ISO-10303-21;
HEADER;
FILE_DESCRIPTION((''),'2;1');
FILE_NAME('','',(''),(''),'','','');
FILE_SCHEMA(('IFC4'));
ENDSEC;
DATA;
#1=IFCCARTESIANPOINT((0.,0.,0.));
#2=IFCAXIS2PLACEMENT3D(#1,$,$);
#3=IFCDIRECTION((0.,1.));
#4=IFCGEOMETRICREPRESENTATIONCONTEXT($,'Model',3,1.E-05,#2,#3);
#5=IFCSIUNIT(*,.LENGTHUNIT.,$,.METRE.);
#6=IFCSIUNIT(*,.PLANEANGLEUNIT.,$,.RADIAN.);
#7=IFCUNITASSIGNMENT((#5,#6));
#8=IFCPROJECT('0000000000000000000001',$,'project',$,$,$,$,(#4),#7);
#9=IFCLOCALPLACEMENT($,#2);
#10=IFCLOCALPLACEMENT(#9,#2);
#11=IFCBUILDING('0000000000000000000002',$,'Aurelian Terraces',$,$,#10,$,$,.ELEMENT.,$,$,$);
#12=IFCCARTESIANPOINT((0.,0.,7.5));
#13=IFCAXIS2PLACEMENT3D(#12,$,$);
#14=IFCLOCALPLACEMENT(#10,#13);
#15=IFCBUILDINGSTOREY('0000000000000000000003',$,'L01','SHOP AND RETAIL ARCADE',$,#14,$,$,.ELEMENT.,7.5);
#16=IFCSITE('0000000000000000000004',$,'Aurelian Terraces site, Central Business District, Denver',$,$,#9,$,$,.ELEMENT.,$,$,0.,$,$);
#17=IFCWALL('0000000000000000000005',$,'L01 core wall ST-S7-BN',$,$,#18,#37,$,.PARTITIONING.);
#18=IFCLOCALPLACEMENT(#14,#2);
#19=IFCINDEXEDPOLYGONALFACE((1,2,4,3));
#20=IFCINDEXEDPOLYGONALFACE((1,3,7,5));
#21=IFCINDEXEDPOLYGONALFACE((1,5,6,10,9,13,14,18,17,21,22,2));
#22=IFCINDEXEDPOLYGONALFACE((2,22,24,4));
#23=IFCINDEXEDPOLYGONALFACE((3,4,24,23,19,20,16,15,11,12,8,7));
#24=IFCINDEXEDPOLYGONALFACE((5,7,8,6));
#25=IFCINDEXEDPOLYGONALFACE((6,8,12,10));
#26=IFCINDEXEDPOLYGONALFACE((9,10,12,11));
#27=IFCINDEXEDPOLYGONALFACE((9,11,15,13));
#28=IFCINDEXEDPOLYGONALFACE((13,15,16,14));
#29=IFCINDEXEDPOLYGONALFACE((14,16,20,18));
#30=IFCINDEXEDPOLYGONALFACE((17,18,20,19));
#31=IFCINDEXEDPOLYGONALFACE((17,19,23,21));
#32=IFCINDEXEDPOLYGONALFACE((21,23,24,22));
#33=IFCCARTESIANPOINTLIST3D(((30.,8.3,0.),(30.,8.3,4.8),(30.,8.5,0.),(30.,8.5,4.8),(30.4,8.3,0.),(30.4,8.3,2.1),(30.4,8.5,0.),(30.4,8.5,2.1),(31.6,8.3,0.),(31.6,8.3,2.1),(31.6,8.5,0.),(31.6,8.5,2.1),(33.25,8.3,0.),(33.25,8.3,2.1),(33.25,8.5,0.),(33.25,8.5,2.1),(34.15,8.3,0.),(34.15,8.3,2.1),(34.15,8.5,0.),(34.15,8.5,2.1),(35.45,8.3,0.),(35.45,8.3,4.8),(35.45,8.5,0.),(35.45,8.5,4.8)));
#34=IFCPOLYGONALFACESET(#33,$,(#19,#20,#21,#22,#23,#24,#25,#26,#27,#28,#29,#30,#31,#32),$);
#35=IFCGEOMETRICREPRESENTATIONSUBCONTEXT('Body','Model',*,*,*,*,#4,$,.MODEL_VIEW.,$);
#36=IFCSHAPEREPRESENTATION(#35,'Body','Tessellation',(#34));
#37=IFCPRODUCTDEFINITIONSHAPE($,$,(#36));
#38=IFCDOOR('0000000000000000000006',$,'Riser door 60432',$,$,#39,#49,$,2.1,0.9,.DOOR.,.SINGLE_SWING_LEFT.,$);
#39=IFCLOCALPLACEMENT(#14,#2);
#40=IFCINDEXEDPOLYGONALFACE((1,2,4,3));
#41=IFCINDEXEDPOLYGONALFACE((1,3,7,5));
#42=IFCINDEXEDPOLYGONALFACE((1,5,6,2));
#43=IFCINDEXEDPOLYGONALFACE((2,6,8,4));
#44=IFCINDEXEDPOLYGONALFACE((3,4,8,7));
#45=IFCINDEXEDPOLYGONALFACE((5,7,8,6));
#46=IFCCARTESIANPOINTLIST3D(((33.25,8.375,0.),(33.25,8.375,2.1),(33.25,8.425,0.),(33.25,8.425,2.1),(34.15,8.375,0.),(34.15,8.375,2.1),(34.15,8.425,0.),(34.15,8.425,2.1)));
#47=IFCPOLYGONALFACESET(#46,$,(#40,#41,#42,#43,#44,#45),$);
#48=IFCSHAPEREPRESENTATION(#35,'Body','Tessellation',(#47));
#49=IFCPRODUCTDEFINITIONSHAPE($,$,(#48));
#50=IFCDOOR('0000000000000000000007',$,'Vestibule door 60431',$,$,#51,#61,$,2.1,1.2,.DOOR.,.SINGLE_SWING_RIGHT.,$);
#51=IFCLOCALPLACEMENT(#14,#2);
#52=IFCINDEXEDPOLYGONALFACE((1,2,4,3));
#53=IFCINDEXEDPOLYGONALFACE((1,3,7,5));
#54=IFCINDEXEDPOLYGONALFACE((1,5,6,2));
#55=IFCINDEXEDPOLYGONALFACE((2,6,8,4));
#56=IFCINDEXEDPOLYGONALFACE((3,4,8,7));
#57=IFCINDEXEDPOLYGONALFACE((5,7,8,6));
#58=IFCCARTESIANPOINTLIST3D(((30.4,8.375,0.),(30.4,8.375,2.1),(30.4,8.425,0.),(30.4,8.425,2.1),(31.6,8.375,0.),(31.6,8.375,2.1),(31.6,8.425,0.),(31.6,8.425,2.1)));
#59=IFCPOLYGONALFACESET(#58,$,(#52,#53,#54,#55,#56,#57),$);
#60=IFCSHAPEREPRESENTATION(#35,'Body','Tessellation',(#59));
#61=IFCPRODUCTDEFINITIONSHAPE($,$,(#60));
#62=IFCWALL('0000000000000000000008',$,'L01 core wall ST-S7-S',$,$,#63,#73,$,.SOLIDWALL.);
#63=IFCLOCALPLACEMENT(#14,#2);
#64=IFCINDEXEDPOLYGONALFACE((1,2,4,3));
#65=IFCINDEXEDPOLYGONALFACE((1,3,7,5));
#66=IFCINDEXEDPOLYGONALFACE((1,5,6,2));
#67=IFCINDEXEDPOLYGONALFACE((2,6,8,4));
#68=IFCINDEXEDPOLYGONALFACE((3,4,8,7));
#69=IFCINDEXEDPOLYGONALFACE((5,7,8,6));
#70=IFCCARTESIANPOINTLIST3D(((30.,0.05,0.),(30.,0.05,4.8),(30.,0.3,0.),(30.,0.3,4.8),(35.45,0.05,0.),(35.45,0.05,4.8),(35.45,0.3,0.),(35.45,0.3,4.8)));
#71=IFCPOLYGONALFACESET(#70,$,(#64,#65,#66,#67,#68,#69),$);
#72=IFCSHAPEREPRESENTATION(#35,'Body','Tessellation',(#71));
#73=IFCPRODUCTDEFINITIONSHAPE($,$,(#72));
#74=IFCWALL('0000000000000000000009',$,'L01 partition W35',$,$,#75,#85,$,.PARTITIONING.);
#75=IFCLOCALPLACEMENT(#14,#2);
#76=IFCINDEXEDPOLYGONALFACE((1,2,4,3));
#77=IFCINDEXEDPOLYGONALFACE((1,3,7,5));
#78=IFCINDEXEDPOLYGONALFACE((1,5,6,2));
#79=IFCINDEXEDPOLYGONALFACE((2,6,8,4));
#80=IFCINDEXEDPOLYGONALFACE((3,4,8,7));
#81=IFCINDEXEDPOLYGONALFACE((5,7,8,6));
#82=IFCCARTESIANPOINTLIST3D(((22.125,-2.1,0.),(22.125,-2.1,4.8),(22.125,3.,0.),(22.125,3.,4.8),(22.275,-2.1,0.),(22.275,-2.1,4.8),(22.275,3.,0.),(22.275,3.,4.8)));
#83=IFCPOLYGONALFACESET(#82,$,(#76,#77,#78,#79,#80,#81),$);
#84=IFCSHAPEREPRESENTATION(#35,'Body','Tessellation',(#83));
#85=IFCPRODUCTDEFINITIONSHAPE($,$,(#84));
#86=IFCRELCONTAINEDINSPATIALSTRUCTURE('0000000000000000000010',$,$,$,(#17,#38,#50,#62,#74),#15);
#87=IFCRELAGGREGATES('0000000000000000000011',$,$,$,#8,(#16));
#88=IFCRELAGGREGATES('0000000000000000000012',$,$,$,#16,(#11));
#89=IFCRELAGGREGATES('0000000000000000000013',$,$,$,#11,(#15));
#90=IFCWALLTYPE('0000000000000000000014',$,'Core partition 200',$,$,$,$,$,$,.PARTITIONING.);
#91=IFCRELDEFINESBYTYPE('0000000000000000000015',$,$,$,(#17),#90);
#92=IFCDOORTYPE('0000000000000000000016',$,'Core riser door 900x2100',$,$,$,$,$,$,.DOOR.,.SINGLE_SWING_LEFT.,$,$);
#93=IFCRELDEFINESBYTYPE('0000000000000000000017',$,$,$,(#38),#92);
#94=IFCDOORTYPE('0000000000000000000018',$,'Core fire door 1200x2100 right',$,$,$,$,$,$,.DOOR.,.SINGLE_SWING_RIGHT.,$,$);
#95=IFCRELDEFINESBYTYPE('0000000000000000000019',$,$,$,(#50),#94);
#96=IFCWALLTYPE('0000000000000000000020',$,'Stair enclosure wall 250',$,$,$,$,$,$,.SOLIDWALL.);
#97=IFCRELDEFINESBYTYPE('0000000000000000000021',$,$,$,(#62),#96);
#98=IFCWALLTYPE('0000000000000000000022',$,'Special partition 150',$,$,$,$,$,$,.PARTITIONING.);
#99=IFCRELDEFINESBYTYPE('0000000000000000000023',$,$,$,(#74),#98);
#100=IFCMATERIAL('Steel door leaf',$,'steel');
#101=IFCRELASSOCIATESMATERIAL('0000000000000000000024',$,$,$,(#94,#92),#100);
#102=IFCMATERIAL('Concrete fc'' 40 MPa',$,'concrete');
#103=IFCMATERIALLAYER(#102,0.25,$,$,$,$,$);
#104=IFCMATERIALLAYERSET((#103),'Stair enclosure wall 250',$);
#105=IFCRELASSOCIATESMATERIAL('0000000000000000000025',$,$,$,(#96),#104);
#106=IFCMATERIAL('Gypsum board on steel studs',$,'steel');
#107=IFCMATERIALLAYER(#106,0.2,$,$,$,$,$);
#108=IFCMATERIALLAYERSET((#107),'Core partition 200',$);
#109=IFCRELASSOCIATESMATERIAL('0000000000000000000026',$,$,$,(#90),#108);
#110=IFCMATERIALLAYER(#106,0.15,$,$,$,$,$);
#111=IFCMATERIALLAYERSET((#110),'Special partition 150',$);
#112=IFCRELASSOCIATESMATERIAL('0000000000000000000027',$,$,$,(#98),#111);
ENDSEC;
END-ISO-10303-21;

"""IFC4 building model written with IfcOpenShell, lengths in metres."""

from ifc_helpers import new_model, si_unit, direction, frame, frame_2d, origin, place, context, subcontext, project, spatial, rectangle, extrude, source, transform, mapped, material, layer, layer_set, type_object, element, fill, save


model = new_model("IFC4")

# Units and contexts
model_context = context("Model", 3, precision=1e-05, world=origin(), true_north=direction((0.0, 1.0)))
body_context = subcontext(model_context, "Body", "Model", "MODEL_VIEW")
ifc_project = project(units=[si_unit("LENGTHUNIT", "METRE"), si_unit("PLANEANGLEUNIT", "RADIAN")], contexts=[model_context])

# Site, building, storey
site_placement = place(None, origin())
site = spatial("IfcSite", under=ifc_project, at=site_placement, Name="Aurelian Terraces site, Central Business District, Denver", CompositionType="ELEMENT", RefElevation=0.0)
building_placement = place(site_placement, origin())
building = spatial("IfcBuilding", under=site, at=building_placement, Name="Aurelian Terraces", CompositionType="ELEMENT")
storey_placement = place(building_placement, frame((0.0, 0.0, 7.5)))
storey = spatial("IfcBuildingStorey", under=building, at=storey_placement, Name="L01", Description="SHOP AND RETAIL ARCADE", CompositionType="ELEMENT", Elevation=7.5)

# Shared definitions
ifc_material_1 = material(Name="Steel door leaf", Category="steel")
door_type_1 = type_object("IfcDoorType", Name="Core fire door 1200x2100 right", OperationType="SINGLE_SWING_RIGHT", PredefinedType="DOOR", material=ifc_material_1)
shared_shape_1 = source(origin(), body_context, "Body", "SweptSolid", [
    extrude(rectangle(XDim=1.2, YDim=2.1, at=frame_2d((0.6, 1.05))), frame((0.0, 0.025, 0.0), z_axis=(0.0, -1.0, 0.0), x_axis=(1.0, 0.0, 0.0)), (0.0, 0.0, 1.0), 0.05),
])

# Shared definitions
ifc_material_2 = material(Name="Concrete fc' 40 MPa", Category="concrete")
ifc_layer_1 = layer(ifc_material_2, 0.25)
ifc_layer_set_1 = layer_set([ifc_layer_1], Name="Stair enclosure wall 250")
wall_type_1 = type_object("IfcWallType", Name="Stair enclosure wall 250", PredefinedType="SOLIDWALL", material=ifc_layer_set_1)

# Shared definitions
ifc_material_3 = material(Name="Gypsum board on steel studs", Category="steel")
ifc_layer_2 = layer(ifc_material_3, 0.2)
ifc_layer_set_2 = layer_set([ifc_layer_2], Name="Core partition 200")
wall_type_2 = type_object("IfcWallType", Name="Core partition 200", PredefinedType="PARTITIONING", material=ifc_layer_set_2)

# Wall, openings, doors
shared_shape_2 = source(origin(), body_context, "Body", "SweptSolid", [
    extrude(rectangle(XDim=5.45, YDim=0.2, at=frame_2d((2.725, 0.0))), origin(), (0.0, 0.0, 1.0), 4.8),
])
wall_1_placement = place(storey_placement, frame((30.0, 8.4, 0.0), z_axis=(0.0, 0.0, 1.0), x_axis=(1.0, 0.0, 0.0)))
wall_1 = element("IfcWall", 1, at=wall_1_placement, inside=storey, type_object=wall_type_2, Name="L01 core wall ST-S7-BN", PredefinedType="PARTITIONING", context=body_context, shape_type="MappedRepresentation", body=[
    mapped(shared_shape_2, transform((0.0, 0.0, 0.0), scale=1.0)),
])
shared_shape_3 = source(origin(), body_context, "Body", "SweptSolid", [
    extrude(rectangle(XDim=1.2, YDim=2.1, at=frame_2d((0.6, 1.05))), frame((0.0, 0.11, 0.0), z_axis=(0.0, -1.0, 0.0), x_axis=(1.0, 0.0, 0.0)), (0.0, 0.0, 1.0), 0.22),
])
opening_1_placement = place(wall_1_placement, frame((0.4, 0.0, 0.0)))
opening_1 = element("IfcOpeningElement", 2, at=opening_1_placement, cuts=wall_1, PredefinedType="OPENING", context=body_context, shape_type="MappedRepresentation", body=[
    mapped(shared_shape_3, transform((0.0, 0.0, 0.0), scale=1.0)),
])
shared_shape_4 = source(origin(), body_context, "Body", "SweptSolid", [
    extrude(rectangle(XDim=0.9, YDim=2.1, at=frame_2d((0.45, 1.05))), frame((0.0, 0.11, 0.0), z_axis=(0.0, -1.0, 0.0), x_axis=(1.0, 0.0, 0.0)), (0.0, 0.0, 1.0), 0.22),
])
opening_2_placement = place(wall_1_placement, frame((3.25, 0.0, 0.0)))
opening_2 = element("IfcOpeningElement", 3, at=opening_2_placement, cuts=wall_1, PredefinedType="OPENING", context=body_context, shape_type="MappedRepresentation", body=[
    mapped(shared_shape_4, transform((0.0, 0.0, 0.0), scale=1.0)),
])
door_type_2 = type_object("IfcDoorType", Name="Core riser door 900x2100", OperationType="SINGLE_SWING_LEFT", PredefinedType="DOOR", material=ifc_material_1)
shared_shape_5 = source(origin(), body_context, "Body", "SweptSolid", [
    extrude(rectangle(XDim=0.9, YDim=2.1, at=frame_2d((0.45, 1.05))), frame((0.0, 0.025, 0.0), z_axis=(0.0, -1.0, 0.0), x_axis=(1.0, 0.0, 0.0)), (0.0, 0.0, 1.0), 0.05),
])
door_1_placement = place(opening_2_placement, origin())
door_1 = element("IfcDoor", 4, at=door_1_placement, inside=storey, type_object=door_type_2, Name="Riser door 60432", OperationType="SINGLE_SWING_LEFT", OverallHeight=2.1, OverallWidth=0.9, PredefinedType="DOOR", context=body_context, shape_type="MappedRepresentation", body=[
    mapped(shared_shape_5, transform((0.0, 0.0, 0.0), scale=1.0)),
])
fill(opening_2, door_1)
door_2_placement = place(opening_1_placement, origin())
door_2 = element("IfcDoor", 5, at=door_2_placement, inside=storey, type_object=door_type_1, Name="Vestibule door 60431", OperationType="SINGLE_SWING_RIGHT", OverallHeight=2.1, OverallWidth=1.2, PredefinedType="DOOR", context=body_context, shape_type="MappedRepresentation", body=[
    mapped(shared_shape_1, transform((0.0, 0.0, 0.0), scale=1.0)),
])
fill(opening_1, door_2)

# Walls
shared_shape_6 = source(origin(), body_context, "Body", "SweptSolid", [
    extrude(rectangle(XDim=5.45, YDim=0.25, at=frame_2d((2.725, 0.0))), origin(), (0.0, 0.0, 1.0), 4.8),
])
wall_2_placement = place(storey_placement, frame((30.0, 0.175, 0.0), z_axis=(0.0, 0.0, 1.0), x_axis=(1.0, 0.0, 0.0)))
element("IfcWall", 6, at=wall_2_placement, inside=storey, type_object=wall_type_1, Name="L01 core wall ST-S7-S", PredefinedType="SOLIDWALL", context=body_context, shape_type="MappedRepresentation", body=[
    mapped(shared_shape_6, transform((0.0, 0.0, 0.0), scale=1.0)),
])
ifc_layer_3 = layer(ifc_material_3, 0.15)
ifc_layer_set_3 = layer_set([ifc_layer_3], Name="Special partition 150")
wall_type_3 = type_object("IfcWallType", Name="Special partition 150", PredefinedType="PARTITIONING", material=ifc_layer_set_3)
shared_shape_7 = source(origin(), body_context, "Body", "SweptSolid", [
    extrude(rectangle(XDim=5.1, YDim=0.15, at=frame_2d((2.55, 0.0))), origin(), (0.0, 0.0, 1.0), 4.8),
])
wall_3_placement = place(storey_placement, frame((22.2, -2.1, 0.0), z_axis=(0.0, 0.0, 1.0), x_axis=(0.0, 1.0, 0.0)))
element("IfcWall", 7, at=wall_3_placement, inside=storey, type_object=wall_type_3, Name="L01 partition W35", PredefinedType="PARTITIONING", context=body_context, shape_type="MappedRepresentation", body=[
    mapped(shared_shape_7, transform((0.0, 0.0, 0.0), scale=1.0)),
])

save(model, "model.ifc")
